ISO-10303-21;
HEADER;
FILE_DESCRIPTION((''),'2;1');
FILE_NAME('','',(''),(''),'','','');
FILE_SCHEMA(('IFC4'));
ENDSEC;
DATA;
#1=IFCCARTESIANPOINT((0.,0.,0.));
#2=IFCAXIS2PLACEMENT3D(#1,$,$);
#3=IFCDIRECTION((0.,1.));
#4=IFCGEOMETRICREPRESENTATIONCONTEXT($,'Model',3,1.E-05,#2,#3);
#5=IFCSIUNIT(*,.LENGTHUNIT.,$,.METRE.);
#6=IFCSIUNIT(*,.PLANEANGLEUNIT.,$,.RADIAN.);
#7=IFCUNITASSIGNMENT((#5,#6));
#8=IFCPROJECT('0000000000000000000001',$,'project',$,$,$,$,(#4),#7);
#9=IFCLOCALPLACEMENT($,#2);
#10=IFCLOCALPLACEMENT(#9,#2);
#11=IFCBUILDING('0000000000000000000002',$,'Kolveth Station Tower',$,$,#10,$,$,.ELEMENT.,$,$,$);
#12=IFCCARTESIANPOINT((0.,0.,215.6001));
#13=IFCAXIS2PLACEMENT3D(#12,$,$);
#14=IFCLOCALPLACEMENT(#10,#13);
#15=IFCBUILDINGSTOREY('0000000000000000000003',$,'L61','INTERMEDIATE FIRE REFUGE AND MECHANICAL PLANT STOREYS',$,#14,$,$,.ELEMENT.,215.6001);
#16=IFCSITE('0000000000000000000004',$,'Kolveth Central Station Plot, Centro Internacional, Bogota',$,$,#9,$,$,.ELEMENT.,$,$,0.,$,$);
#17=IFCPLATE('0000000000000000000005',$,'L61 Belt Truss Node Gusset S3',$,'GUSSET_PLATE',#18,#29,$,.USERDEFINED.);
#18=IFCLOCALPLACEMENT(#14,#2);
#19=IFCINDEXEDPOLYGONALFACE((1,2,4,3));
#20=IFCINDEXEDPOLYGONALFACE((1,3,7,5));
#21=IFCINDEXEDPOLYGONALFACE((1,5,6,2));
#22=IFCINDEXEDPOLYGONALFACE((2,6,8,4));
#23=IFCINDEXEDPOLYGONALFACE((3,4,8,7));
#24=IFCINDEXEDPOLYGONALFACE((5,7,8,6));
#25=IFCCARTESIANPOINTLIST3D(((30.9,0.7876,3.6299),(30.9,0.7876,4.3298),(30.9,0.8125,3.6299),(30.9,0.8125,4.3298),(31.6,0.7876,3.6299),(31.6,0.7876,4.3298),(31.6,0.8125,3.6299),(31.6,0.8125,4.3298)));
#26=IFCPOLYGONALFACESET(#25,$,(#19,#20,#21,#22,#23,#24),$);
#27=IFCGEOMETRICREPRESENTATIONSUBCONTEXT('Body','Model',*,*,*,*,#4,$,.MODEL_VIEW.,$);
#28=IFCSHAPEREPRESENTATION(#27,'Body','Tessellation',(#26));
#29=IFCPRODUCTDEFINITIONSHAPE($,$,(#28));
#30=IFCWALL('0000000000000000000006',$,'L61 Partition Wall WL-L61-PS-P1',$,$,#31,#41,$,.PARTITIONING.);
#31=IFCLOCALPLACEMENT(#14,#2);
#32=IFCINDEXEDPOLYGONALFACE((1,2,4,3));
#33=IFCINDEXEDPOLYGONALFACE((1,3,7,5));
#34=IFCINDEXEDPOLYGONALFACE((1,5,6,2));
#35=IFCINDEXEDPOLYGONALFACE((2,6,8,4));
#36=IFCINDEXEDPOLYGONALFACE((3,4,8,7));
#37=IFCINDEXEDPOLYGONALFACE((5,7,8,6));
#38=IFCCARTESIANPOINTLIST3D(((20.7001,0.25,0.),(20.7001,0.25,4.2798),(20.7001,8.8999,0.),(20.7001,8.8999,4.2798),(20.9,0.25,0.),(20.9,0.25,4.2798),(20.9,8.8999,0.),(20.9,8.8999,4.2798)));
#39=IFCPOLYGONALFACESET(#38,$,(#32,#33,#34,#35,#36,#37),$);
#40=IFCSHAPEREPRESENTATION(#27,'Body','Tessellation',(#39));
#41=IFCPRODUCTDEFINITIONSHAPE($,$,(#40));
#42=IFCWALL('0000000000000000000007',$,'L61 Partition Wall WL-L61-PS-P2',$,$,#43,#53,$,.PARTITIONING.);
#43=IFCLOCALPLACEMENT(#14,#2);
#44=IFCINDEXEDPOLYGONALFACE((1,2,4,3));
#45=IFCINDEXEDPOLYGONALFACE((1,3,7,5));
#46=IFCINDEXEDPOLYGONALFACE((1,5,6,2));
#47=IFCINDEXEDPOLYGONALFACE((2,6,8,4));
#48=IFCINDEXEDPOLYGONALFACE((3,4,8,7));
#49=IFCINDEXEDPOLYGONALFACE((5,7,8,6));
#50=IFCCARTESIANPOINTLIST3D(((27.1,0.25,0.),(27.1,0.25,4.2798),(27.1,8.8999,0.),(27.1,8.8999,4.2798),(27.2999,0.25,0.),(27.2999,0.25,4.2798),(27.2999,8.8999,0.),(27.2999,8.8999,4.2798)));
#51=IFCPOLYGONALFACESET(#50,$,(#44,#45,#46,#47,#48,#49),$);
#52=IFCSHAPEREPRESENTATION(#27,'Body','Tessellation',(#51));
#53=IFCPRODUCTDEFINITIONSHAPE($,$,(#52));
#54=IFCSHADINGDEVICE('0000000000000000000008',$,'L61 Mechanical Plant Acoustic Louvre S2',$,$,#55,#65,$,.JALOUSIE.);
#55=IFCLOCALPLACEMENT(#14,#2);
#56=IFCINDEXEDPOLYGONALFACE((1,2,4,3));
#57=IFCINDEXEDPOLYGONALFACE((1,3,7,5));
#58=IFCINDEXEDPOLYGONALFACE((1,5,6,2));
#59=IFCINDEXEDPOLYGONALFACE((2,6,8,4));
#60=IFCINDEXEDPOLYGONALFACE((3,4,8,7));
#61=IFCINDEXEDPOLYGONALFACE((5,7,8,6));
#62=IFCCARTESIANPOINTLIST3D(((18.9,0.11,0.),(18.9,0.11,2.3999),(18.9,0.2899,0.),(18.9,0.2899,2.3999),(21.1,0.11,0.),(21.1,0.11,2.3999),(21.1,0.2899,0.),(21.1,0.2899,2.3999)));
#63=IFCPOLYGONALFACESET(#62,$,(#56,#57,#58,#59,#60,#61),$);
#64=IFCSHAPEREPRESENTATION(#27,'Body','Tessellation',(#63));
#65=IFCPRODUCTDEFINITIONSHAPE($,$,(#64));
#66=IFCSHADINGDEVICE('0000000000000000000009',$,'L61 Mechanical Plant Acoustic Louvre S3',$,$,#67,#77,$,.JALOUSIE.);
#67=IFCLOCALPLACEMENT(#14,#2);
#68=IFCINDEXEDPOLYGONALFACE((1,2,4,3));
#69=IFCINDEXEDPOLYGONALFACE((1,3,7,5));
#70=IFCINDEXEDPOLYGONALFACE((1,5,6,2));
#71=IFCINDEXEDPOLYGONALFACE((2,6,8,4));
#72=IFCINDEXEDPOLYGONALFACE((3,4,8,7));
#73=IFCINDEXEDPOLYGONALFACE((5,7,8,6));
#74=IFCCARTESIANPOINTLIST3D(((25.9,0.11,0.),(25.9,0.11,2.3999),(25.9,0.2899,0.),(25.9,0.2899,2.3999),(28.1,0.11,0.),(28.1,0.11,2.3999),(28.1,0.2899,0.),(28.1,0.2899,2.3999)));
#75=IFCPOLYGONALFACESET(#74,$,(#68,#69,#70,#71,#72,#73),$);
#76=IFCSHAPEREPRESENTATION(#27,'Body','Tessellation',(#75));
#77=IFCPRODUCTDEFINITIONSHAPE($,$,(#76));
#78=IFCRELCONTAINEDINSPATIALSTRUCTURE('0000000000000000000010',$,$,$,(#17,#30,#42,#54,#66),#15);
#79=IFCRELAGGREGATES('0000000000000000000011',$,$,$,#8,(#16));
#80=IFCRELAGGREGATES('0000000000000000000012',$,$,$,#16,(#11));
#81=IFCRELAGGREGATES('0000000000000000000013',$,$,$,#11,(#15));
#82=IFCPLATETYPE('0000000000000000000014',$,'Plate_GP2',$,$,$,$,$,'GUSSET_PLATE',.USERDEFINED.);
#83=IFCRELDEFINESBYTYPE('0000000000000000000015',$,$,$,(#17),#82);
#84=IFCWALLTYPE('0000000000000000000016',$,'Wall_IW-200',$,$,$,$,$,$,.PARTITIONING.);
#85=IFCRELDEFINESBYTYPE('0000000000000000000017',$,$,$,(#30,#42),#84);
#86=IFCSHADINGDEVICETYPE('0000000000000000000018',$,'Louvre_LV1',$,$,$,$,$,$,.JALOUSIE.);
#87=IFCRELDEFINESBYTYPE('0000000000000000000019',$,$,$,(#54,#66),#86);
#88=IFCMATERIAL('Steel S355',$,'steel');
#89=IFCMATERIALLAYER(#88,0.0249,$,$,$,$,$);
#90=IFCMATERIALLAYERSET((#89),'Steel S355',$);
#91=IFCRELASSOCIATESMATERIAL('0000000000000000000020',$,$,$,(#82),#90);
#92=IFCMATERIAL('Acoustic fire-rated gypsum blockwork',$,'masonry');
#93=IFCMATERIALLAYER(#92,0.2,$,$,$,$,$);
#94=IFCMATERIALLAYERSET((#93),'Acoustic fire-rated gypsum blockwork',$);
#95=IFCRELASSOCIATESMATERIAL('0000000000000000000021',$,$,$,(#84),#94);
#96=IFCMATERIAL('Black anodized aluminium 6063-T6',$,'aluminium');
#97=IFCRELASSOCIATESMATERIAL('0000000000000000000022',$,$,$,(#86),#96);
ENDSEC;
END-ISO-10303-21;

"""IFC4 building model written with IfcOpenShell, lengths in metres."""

from ifc_helpers import new_model, si_unit, direction, frame, frame_2d, origin, origin_2d, place, context, subcontext, project, spatial, rectangle, extrude, source, transform, mapped, material, layer, layer_set, type_object, element, save


model = new_model("IFC4")

# Units and contexts
model_context = context("Model", 3, precision=1e-05, world=origin(), true_north=direction((0.0, 1.0)))
body_context = subcontext(model_context, "Body", "Model", "MODEL_VIEW")
ifc_project = project(units=[si_unit("LENGTHUNIT", "METRE"), si_unit("PLANEANGLEUNIT", "RADIAN")], contexts=[model_context])

# Site, building, storey
site_placement = place(None, origin())
site = spatial("IfcSite", under=ifc_project, at=site_placement, Name="Kolveth Central Station Plot, Centro Internacional, Bogota", CompositionType="ELEMENT", RefElevation=0.0)
building_placement = place(site_placement, origin())
building = spatial("IfcBuilding", under=site, at=building_placement, Name="Kolveth Station Tower", CompositionType="ELEMENT")
storey_placement = place(building_placement, frame((0.0, 0.0, 215.6001)))
storey = spatial("IfcBuildingStorey", under=building, at=storey_placement, Name="L61", Description="INTERMEDIATE FIRE REFUGE AND MECHANICAL PLANT STOREYS", CompositionType="ELEMENT", Elevation=215.6001)

# Shared definitions
ifc_material_1 = material(Name="Steel S355", Category="steel")

# Plate
ifc_layer_1 = layer(ifc_material_1, 0.0249)
ifc_layer_set_1 = layer_set([ifc_layer_1], Name="Steel S355")
plate_type = type_object("IfcPlateType", Name="Plate_GP2", ElementType="GUSSET_PLATE", PredefinedType="USERDEFINED", material=ifc_layer_set_1)
shared_shape_1 = source(origin(), body_context, "Body", "SweptSolid", [
    extrude(rectangle(XDim=0.7, YDim=0.0249, at=origin_2d()), origin(), (0.0, 0.0, 1.0), 0.7),
])
for number, where, z_axis, x_axis, name in (
    (1, (31.25, 0.8, 3.6299), (0.0, 0.0, 1.0), (1.0, 0.0, 0.0), "L61 Belt Truss Node Gusset S3"),
):
    element("IfcPlate", number, at=place(storey_placement, frame(where, z_axis=z_axis, x_axis=x_axis)), inside=storey, type_object=plate_type, Name=name, ObjectType="GUSSET_PLATE", PredefinedType="USERDEFINED", context=body_context, shape_type="MappedRepresentation", body=[
        mapped(shared_shape_1, transform((0.0, 0.0, 0.0), x_axis=(1.0, 0.0, 0.0), y_axis=(0.0, 1.0, 0.0), z_axis=(0.0, 0.0, 1.0), scale=1.0)),
    ])

# Walls
ifc_material_2 = material(Name="Acoustic fire-rated gypsum blockwork", Category="masonry")
ifc_layer_2 = layer(ifc_material_2, 0.2)
ifc_layer_set_2 = layer_set([ifc_layer_2], Name="Acoustic fire-rated gypsum blockwork")
wall_type = type_object("IfcWallType", Name="Wall_IW-200", PredefinedType="PARTITIONING", material=ifc_layer_set_2)
for number, where, z_axis, x_axis, name in (
    (2, (20.8, 0.25, 0.0), (0.0, 0.0, 1.0), (0.0, 1.0, 0.0), "L61 Partition Wall WL-L61-PS-P1"),
    (3, (27.2, 0.25, 0.0), (0.0, 0.0, 1.0), (0.0, 1.0, 0.0), "L61 Partition Wall WL-L61-PS-P2"),
):
    element("IfcWall", number, at=place(storey_placement, frame(where, z_axis=z_axis, x_axis=x_axis)), inside=storey, type_object=wall_type, Name=name, PredefinedType="PARTITIONING", context=body_context, shape_type="SweptSolid", body=[
        extrude(rectangle(XDim=8.6499, YDim=0.2, at=frame_2d((4.325, 0.0))), origin(), (0.0, 0.0, 1.0), 4.2798),
    ])

# Shading devices
ifc_material_3 = material(Name="Black anodized aluminium 6063-T6", Category="aluminium")
shading_device_type = type_object("IfcShadingDeviceType", Name="Louvre_LV1", PredefinedType="JALOUSIE", material=ifc_material_3)
shared_shape_2 = source(origin(), body_context, "Body", "SweptSolid", [
    extrude(rectangle(XDim=2.2, YDim=0.1799, at=origin_2d()), origin(), (0.0, 0.0, 1.0), 2.3999),
])
for number, where, z_axis, x_axis, name in (
    (4, (20.0, 0.2, 0.0), (0.0, 0.0, 1.0), (1.0, 0.0, 0.0), "L61 Mechanical Plant Acoustic Louvre S2"),
    (5, (27.0, 0.2, 0.0), (0.0, 0.0, 1.0), (1.0, 0.0, 0.0), "L61 Mechanical Plant Acoustic Louvre S3"),
):
    element("IfcShadingDevice", number, at=place(storey_placement, frame(where, z_axis=z_axis, x_axis=x_axis)), inside=storey, type_object=shading_device_type, Name=name, PredefinedType="JALOUSIE", context=body_context, shape_type="MappedRepresentation", body=[
        mapped(shared_shape_2, transform((0.0, 0.0, 0.0), x_axis=(1.0, 0.0, 0.0), y_axis=(0.0, 1.0, 0.0), z_axis=(0.0, 0.0, 1.0), scale=1.0)),
    ])

save(model, "model.ifc")
